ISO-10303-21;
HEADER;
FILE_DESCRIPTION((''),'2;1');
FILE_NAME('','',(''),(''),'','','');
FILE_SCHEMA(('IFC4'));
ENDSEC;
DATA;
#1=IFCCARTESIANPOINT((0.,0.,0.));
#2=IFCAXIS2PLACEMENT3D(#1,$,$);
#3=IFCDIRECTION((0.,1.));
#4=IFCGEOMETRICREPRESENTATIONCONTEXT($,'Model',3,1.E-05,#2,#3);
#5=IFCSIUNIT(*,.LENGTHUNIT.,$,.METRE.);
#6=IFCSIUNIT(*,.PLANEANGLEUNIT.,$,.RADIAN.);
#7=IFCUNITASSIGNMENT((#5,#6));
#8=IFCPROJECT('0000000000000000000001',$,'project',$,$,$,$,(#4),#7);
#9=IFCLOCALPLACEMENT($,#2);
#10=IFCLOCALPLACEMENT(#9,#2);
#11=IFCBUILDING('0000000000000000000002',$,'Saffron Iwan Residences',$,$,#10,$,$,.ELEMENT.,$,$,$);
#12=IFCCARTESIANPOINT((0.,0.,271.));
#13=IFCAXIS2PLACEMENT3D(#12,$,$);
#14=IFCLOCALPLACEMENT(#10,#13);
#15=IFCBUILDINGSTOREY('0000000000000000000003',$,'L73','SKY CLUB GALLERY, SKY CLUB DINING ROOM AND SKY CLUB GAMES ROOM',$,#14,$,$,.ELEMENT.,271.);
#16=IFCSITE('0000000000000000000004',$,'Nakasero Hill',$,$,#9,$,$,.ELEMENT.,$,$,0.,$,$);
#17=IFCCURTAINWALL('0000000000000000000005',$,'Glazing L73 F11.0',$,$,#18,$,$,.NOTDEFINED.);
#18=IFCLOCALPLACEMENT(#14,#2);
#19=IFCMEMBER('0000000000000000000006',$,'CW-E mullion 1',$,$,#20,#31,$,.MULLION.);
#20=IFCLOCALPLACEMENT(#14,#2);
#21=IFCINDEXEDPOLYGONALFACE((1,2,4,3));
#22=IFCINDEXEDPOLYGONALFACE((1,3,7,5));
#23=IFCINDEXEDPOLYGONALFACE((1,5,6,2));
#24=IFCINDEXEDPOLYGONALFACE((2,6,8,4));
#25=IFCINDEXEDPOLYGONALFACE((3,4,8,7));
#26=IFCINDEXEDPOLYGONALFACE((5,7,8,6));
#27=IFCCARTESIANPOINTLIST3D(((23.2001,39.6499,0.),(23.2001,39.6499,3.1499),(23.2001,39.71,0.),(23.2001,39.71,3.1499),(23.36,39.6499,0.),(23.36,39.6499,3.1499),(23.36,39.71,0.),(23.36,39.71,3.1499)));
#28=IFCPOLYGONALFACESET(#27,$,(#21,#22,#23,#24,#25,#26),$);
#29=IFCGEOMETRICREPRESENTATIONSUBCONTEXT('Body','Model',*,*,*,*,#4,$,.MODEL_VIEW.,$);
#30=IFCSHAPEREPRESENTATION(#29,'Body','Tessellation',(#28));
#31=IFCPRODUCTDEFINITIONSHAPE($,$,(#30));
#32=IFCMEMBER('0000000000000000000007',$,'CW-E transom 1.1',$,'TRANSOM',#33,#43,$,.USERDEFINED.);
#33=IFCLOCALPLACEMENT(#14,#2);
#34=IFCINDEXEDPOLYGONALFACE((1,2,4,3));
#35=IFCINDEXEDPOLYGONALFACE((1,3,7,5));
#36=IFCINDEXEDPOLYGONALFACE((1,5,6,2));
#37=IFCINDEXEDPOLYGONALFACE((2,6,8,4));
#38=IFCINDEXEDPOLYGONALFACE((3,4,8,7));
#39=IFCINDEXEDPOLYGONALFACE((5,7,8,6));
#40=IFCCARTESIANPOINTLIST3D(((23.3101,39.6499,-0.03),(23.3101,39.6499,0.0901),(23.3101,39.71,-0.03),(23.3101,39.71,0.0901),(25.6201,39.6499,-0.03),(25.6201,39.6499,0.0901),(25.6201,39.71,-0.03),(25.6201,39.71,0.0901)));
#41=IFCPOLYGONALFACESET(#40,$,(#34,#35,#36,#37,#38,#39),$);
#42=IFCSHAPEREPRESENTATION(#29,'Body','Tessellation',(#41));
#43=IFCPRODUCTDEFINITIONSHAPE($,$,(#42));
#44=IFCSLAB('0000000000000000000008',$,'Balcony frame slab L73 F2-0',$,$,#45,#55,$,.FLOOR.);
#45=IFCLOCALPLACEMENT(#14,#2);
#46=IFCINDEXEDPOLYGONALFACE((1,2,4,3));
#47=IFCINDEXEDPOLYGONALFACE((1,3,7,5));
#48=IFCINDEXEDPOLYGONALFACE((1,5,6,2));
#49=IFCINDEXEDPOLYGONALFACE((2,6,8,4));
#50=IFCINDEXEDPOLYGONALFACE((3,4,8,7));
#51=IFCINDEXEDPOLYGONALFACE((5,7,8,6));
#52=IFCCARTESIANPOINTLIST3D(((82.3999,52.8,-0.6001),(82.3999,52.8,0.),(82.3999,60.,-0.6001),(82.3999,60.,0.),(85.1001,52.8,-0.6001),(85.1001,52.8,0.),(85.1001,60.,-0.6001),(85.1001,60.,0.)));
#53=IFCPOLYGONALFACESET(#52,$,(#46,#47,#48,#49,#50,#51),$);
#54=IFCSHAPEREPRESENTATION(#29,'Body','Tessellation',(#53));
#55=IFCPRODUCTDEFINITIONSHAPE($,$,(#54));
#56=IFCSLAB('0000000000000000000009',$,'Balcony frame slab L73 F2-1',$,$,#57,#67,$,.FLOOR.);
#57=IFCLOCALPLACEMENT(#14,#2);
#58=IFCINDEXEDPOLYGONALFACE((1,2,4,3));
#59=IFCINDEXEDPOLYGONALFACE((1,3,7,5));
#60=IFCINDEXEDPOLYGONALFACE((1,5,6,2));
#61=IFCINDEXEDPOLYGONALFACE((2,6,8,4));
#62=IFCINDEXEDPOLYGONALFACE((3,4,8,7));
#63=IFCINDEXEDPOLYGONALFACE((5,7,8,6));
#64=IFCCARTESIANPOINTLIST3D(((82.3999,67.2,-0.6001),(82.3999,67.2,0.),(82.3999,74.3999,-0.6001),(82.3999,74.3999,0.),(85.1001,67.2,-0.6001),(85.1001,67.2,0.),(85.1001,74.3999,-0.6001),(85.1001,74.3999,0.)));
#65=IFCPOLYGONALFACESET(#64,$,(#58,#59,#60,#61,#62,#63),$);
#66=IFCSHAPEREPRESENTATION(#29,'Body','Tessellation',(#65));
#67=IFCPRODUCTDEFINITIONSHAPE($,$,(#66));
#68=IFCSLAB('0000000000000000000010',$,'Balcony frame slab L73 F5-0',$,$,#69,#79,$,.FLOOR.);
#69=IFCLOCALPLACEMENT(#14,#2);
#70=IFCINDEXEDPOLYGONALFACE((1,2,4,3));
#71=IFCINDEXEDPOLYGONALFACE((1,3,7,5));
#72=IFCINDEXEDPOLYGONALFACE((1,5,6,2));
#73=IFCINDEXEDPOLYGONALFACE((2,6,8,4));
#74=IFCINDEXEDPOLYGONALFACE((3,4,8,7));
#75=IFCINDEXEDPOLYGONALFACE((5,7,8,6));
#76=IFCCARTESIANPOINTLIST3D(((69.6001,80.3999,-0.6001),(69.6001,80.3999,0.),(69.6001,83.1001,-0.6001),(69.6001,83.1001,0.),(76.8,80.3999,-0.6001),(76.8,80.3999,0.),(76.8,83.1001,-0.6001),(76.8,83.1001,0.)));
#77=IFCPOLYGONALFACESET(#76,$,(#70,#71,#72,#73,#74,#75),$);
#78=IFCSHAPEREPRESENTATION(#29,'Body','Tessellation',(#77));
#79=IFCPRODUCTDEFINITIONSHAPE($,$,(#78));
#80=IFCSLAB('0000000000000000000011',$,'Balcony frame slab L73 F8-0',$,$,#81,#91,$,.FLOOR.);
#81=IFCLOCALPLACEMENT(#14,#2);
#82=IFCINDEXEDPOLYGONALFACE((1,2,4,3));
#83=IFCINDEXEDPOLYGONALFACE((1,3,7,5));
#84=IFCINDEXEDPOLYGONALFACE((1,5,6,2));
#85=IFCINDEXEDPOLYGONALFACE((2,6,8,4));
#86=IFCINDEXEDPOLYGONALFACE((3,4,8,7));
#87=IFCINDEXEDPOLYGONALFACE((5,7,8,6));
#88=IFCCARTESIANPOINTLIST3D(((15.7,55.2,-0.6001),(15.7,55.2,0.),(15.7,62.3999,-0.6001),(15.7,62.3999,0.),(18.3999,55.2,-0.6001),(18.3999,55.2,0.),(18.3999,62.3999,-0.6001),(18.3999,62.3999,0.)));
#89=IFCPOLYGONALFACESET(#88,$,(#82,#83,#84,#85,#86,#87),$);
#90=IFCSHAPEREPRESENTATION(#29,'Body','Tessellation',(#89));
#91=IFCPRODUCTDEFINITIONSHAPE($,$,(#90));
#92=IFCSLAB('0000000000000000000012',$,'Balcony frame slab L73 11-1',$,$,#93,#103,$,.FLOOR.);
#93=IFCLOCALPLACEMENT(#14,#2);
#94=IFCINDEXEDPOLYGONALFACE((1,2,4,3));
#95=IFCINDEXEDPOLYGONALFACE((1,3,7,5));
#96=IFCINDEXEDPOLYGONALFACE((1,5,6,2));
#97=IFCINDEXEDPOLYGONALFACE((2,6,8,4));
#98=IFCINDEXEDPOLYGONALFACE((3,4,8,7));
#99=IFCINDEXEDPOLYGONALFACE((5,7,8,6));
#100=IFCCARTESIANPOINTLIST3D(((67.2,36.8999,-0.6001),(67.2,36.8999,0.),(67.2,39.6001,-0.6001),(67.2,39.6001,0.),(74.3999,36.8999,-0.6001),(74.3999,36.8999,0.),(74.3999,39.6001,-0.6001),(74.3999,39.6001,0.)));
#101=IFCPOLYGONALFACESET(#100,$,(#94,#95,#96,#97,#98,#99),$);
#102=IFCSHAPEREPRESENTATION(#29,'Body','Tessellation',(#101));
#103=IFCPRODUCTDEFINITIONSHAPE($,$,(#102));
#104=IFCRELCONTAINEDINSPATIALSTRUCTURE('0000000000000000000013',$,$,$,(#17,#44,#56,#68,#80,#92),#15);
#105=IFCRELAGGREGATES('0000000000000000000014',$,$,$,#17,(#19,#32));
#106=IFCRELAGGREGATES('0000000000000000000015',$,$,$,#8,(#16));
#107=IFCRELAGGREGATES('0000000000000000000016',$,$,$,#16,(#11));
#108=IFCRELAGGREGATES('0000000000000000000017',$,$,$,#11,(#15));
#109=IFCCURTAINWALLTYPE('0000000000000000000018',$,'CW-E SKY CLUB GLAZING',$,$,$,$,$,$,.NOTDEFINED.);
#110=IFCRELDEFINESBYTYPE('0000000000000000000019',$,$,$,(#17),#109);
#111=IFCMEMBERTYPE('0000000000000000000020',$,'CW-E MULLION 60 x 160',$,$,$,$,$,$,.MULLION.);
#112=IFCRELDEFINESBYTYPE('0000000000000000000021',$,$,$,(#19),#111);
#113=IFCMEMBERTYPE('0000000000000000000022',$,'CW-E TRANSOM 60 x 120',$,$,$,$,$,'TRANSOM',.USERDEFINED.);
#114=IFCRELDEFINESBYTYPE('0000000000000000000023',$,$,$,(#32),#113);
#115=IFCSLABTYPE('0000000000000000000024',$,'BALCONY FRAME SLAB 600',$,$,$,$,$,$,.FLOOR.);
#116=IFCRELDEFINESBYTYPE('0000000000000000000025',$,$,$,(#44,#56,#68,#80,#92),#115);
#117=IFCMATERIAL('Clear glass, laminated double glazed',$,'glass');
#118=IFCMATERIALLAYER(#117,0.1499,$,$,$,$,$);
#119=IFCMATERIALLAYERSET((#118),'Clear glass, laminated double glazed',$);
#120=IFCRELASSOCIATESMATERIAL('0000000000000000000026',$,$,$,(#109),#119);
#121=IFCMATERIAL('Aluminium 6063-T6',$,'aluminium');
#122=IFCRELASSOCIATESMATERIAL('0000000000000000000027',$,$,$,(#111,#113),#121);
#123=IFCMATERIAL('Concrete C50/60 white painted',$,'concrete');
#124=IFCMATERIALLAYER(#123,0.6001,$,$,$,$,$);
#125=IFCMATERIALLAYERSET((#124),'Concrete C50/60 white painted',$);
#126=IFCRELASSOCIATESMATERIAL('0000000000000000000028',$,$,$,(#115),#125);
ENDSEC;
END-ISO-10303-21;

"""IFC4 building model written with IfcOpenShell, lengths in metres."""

from ifc_helpers import new_model, si_unit, direction, frame, origin, origin_2d, place, context, subcontext, project, spatial, polyline, rectangle, outline, extrude, source, transform, mapped, material, layer, layer_set, material_profile, profile_set, type_object, element, aggregate, save


model = new_model("IFC4")

# Units and contexts
model_context = context("Model", 3, precision=1e-05, world=origin(), true_north=direction((0.0, 1.0)))
body_context = subcontext(model_context, "Body", "Model", "MODEL_VIEW")
ifc_project = project(units=[si_unit("LENGTHUNIT", "METRE"), si_unit("PLANEANGLEUNIT", "RADIAN")], contexts=[model_context])

# Site, building, storey
site_placement = place(None, origin())
site = spatial("IfcSite", under=ifc_project, at=site_placement, Name="Nakasero Hill", CompositionType="ELEMENT", RefElevation=0.0)
building_placement = place(site_placement, origin())
building = spatial("IfcBuilding", under=site, at=building_placement, Name="Saffron Iwan Residences", CompositionType="ELEMENT")
storey_placement = place(building_placement, frame((0.0, 0.0, 271.0)))
storey = spatial("IfcBuildingStorey", under=building, at=storey_placement, Name="L73", Description="SKY CLUB GALLERY, SKY CLUB DINING ROOM AND SKY CLUB GAMES ROOM", CompositionType="ELEMENT", Elevation=271.0)

# Curtain wall, members
ifc_material_1 = material(Name="Clear glass, laminated double glazed", Category="glass")
ifc_layer_1 = layer(ifc_material_1, 0.1499)
ifc_layer_set_1 = layer_set([ifc_layer_1], Name="Clear glass, laminated double glazed")
curtain_wall_type = type_object("IfcCurtainWallType", Name="CW-E SKY CLUB GLAZING", PredefinedType="NOTDEFINED", material=ifc_layer_set_1)
curtain_wall_placement = place(storey_placement, origin())
curtain_wall = element("IfcCurtainWall", 1, at=curtain_wall_placement, inside=storey, type_object=curtain_wall_type, Name="Glazing L73 F11.0", PredefinedType="NOTDEFINED")
ifc_material_2 = material(Name="Aluminium 6063-T6", Category="aluminium")
ifc_material_profile_1 = material_profile(ifc_material_2, rectangle(XDim=0.0601, YDim=0.1599, at=origin_2d()), Name="CW-E MULLION 60 x 160")
ifc_profile_set_1 = profile_set([ifc_material_profile_1], Name="Aluminium 6063-T6")
member_type_1 = type_object("IfcMemberType", Name="CW-E MULLION 60 x 160", PredefinedType="MULLION", material=ifc_profile_set_1)
shared_shape_1 = source(origin(), body_context, "Body", "SweptSolid", [
    extrude(rectangle(XDim=0.0601, YDim=0.1599, at=origin_2d()), origin(), (0.0, 0.0, 1.0), 3.1499),
])
member_1_placement = place(storey_placement, frame((23.28, 39.6799, 0.0), z_axis=(0.0, 0.0, 1.0), x_axis=(0.0, 1.0, 0.0)))
member_1 = element("IfcMember", 2, at=member_1_placement, type_object=member_type_1, Name="CW-E mullion 1", PredefinedType="MULLION", context=body_context, shape_type="MappedRepresentation", body=[
    mapped(shared_shape_1, transform((0.0, 0.0, 0.0))),
])
ifc_material_profile_2 = material_profile(ifc_material_2, rectangle(XDim=0.0601, YDim=0.1201, at=origin_2d()), Name="CW-E TRANSOM 60 x 120")
ifc_profile_set_2 = profile_set([ifc_material_profile_2], Name="Aluminium 6063-T6")
member_type_2 = type_object("IfcMemberType", Name="CW-E TRANSOM 60 x 120", ElementType="TRANSOM", PredefinedType="USERDEFINED", material=ifc_profile_set_2)
shared_shape_2 = source(origin(), body_context, "Body", "SweptSolid", [
    extrude(rectangle(XDim=0.0601, YDim=0.1201, at=origin_2d()), origin(), (0.0, 0.0, 1.0), 2.3101),
])
member_2_placement = place(storey_placement, frame((23.3101, 39.6799, 0.03), z_axis=(1.0, 0.0, 0.0), x_axis=(0.0, 1.0, 0.0)))
member_2 = element("IfcMember", 3, at=member_2_placement, type_object=member_type_2, Name="CW-E transom 1.1", ObjectType="TRANSOM", PredefinedType="USERDEFINED", context=body_context, shape_type="MappedRepresentation", body=[
    mapped(shared_shape_2, transform((0.0, 0.0, 0.0))),
])
aggregate(curtain_wall, [member_1, member_2])

# Slabs
ifc_material_3 = material(Name="Concrete C50/60 white painted", Category="concrete")
ifc_layer_2 = layer(ifc_material_3, 0.6001)
ifc_layer_set_2 = layer_set([ifc_layer_2], Name="Concrete C50/60 white painted")
slab_type_1 = type_object("IfcSlabType", Name="BALCONY FRAME SLAB 600", PredefinedType="FLOOR", material=ifc_layer_set_2)
slab_1_placement = place(storey_placement, frame((0.0, 0.0, -0.6001)))
element("IfcSlab", 4, at=slab_1_placement, inside=storey, type_object=slab_type_1, Name="Balcony frame slab L73 F2-0", PredefinedType="FLOOR", context=body_context, shape_type="SweptSolid", body=[
    extrude(outline(polyline([(85.1001, 52.8), (85.1001, 60.0), (82.3999, 60.0), (82.3999, 52.8), (85.1001, 52.8)])), origin(), (0.0, 0.0, 1.0), 0.6001),
])
slab_2_placement = place(storey_placement, frame((0.0, 0.0, -0.6001)))
element("IfcSlab", 5, at=slab_2_placement, inside=storey, type_object=slab_type_1, Name="Balcony frame slab L73 F2-1", PredefinedType="FLOOR", context=body_context, shape_type="SweptSolid", body=[
    extrude(outline(polyline([(85.1001, 67.2), (85.1001, 74.3999), (82.3999, 74.3999), (82.3999, 67.2), (85.1001, 67.2)])), origin(), (0.0, 0.0, 1.0), 0.6001),
])
slab_3_placement = place(storey_placement, frame((0.0, 0.0, -0.6001)))
element("IfcSlab", 6, at=slab_3_placement, inside=storey, type_object=slab_type_1, Name="Balcony frame slab L73 F5-0", PredefinedType="FLOOR", context=body_context, shape_type="SweptSolid", body=[
    extrude(outline(polyline([(76.8, 83.1001), (69.6001, 83.1001), (69.6001, 80.3999), (76.8, 80.3999), (76.8, 83.1001)])), origin(), (0.0, 0.0, 1.0), 0.6001),
])
slab_4_placement = place(storey_placement, frame((0.0, 0.0, -0.6001)))
element("IfcSlab", 7, at=slab_4_placement, inside=storey, type_object=slab_type_1, Name="Balcony frame slab L73 F8-0", PredefinedType="FLOOR", context=body_context, shape_type="SweptSolid", body=[
    extrude(outline(polyline([(15.7, 62.3999), (15.7, 55.2), (18.3999, 55.2), (18.3999, 62.3999), (15.7, 62.3999)])), origin(), (0.0, 0.0, 1.0), 0.6001),
])
slab_5_placement = place(storey_placement, frame((0.0, 0.0, -0.6001)))
element("IfcSlab", 8, at=slab_5_placement, inside=storey, type_object=slab_type_1, Name="Balcony frame slab L73 11-1", PredefinedType="FLOOR", context=body_context, shape_type="SweptSolid", body=[
    extrude(outline(polyline([(67.2, 36.8999), (74.3999, 36.8999), (74.3999, 39.6001), (67.2, 39.6001), (67.2, 36.8999)])), origin(), (0.0, 0.0, 1.0), 0.6001),
])

save(model, "model.ifc")
